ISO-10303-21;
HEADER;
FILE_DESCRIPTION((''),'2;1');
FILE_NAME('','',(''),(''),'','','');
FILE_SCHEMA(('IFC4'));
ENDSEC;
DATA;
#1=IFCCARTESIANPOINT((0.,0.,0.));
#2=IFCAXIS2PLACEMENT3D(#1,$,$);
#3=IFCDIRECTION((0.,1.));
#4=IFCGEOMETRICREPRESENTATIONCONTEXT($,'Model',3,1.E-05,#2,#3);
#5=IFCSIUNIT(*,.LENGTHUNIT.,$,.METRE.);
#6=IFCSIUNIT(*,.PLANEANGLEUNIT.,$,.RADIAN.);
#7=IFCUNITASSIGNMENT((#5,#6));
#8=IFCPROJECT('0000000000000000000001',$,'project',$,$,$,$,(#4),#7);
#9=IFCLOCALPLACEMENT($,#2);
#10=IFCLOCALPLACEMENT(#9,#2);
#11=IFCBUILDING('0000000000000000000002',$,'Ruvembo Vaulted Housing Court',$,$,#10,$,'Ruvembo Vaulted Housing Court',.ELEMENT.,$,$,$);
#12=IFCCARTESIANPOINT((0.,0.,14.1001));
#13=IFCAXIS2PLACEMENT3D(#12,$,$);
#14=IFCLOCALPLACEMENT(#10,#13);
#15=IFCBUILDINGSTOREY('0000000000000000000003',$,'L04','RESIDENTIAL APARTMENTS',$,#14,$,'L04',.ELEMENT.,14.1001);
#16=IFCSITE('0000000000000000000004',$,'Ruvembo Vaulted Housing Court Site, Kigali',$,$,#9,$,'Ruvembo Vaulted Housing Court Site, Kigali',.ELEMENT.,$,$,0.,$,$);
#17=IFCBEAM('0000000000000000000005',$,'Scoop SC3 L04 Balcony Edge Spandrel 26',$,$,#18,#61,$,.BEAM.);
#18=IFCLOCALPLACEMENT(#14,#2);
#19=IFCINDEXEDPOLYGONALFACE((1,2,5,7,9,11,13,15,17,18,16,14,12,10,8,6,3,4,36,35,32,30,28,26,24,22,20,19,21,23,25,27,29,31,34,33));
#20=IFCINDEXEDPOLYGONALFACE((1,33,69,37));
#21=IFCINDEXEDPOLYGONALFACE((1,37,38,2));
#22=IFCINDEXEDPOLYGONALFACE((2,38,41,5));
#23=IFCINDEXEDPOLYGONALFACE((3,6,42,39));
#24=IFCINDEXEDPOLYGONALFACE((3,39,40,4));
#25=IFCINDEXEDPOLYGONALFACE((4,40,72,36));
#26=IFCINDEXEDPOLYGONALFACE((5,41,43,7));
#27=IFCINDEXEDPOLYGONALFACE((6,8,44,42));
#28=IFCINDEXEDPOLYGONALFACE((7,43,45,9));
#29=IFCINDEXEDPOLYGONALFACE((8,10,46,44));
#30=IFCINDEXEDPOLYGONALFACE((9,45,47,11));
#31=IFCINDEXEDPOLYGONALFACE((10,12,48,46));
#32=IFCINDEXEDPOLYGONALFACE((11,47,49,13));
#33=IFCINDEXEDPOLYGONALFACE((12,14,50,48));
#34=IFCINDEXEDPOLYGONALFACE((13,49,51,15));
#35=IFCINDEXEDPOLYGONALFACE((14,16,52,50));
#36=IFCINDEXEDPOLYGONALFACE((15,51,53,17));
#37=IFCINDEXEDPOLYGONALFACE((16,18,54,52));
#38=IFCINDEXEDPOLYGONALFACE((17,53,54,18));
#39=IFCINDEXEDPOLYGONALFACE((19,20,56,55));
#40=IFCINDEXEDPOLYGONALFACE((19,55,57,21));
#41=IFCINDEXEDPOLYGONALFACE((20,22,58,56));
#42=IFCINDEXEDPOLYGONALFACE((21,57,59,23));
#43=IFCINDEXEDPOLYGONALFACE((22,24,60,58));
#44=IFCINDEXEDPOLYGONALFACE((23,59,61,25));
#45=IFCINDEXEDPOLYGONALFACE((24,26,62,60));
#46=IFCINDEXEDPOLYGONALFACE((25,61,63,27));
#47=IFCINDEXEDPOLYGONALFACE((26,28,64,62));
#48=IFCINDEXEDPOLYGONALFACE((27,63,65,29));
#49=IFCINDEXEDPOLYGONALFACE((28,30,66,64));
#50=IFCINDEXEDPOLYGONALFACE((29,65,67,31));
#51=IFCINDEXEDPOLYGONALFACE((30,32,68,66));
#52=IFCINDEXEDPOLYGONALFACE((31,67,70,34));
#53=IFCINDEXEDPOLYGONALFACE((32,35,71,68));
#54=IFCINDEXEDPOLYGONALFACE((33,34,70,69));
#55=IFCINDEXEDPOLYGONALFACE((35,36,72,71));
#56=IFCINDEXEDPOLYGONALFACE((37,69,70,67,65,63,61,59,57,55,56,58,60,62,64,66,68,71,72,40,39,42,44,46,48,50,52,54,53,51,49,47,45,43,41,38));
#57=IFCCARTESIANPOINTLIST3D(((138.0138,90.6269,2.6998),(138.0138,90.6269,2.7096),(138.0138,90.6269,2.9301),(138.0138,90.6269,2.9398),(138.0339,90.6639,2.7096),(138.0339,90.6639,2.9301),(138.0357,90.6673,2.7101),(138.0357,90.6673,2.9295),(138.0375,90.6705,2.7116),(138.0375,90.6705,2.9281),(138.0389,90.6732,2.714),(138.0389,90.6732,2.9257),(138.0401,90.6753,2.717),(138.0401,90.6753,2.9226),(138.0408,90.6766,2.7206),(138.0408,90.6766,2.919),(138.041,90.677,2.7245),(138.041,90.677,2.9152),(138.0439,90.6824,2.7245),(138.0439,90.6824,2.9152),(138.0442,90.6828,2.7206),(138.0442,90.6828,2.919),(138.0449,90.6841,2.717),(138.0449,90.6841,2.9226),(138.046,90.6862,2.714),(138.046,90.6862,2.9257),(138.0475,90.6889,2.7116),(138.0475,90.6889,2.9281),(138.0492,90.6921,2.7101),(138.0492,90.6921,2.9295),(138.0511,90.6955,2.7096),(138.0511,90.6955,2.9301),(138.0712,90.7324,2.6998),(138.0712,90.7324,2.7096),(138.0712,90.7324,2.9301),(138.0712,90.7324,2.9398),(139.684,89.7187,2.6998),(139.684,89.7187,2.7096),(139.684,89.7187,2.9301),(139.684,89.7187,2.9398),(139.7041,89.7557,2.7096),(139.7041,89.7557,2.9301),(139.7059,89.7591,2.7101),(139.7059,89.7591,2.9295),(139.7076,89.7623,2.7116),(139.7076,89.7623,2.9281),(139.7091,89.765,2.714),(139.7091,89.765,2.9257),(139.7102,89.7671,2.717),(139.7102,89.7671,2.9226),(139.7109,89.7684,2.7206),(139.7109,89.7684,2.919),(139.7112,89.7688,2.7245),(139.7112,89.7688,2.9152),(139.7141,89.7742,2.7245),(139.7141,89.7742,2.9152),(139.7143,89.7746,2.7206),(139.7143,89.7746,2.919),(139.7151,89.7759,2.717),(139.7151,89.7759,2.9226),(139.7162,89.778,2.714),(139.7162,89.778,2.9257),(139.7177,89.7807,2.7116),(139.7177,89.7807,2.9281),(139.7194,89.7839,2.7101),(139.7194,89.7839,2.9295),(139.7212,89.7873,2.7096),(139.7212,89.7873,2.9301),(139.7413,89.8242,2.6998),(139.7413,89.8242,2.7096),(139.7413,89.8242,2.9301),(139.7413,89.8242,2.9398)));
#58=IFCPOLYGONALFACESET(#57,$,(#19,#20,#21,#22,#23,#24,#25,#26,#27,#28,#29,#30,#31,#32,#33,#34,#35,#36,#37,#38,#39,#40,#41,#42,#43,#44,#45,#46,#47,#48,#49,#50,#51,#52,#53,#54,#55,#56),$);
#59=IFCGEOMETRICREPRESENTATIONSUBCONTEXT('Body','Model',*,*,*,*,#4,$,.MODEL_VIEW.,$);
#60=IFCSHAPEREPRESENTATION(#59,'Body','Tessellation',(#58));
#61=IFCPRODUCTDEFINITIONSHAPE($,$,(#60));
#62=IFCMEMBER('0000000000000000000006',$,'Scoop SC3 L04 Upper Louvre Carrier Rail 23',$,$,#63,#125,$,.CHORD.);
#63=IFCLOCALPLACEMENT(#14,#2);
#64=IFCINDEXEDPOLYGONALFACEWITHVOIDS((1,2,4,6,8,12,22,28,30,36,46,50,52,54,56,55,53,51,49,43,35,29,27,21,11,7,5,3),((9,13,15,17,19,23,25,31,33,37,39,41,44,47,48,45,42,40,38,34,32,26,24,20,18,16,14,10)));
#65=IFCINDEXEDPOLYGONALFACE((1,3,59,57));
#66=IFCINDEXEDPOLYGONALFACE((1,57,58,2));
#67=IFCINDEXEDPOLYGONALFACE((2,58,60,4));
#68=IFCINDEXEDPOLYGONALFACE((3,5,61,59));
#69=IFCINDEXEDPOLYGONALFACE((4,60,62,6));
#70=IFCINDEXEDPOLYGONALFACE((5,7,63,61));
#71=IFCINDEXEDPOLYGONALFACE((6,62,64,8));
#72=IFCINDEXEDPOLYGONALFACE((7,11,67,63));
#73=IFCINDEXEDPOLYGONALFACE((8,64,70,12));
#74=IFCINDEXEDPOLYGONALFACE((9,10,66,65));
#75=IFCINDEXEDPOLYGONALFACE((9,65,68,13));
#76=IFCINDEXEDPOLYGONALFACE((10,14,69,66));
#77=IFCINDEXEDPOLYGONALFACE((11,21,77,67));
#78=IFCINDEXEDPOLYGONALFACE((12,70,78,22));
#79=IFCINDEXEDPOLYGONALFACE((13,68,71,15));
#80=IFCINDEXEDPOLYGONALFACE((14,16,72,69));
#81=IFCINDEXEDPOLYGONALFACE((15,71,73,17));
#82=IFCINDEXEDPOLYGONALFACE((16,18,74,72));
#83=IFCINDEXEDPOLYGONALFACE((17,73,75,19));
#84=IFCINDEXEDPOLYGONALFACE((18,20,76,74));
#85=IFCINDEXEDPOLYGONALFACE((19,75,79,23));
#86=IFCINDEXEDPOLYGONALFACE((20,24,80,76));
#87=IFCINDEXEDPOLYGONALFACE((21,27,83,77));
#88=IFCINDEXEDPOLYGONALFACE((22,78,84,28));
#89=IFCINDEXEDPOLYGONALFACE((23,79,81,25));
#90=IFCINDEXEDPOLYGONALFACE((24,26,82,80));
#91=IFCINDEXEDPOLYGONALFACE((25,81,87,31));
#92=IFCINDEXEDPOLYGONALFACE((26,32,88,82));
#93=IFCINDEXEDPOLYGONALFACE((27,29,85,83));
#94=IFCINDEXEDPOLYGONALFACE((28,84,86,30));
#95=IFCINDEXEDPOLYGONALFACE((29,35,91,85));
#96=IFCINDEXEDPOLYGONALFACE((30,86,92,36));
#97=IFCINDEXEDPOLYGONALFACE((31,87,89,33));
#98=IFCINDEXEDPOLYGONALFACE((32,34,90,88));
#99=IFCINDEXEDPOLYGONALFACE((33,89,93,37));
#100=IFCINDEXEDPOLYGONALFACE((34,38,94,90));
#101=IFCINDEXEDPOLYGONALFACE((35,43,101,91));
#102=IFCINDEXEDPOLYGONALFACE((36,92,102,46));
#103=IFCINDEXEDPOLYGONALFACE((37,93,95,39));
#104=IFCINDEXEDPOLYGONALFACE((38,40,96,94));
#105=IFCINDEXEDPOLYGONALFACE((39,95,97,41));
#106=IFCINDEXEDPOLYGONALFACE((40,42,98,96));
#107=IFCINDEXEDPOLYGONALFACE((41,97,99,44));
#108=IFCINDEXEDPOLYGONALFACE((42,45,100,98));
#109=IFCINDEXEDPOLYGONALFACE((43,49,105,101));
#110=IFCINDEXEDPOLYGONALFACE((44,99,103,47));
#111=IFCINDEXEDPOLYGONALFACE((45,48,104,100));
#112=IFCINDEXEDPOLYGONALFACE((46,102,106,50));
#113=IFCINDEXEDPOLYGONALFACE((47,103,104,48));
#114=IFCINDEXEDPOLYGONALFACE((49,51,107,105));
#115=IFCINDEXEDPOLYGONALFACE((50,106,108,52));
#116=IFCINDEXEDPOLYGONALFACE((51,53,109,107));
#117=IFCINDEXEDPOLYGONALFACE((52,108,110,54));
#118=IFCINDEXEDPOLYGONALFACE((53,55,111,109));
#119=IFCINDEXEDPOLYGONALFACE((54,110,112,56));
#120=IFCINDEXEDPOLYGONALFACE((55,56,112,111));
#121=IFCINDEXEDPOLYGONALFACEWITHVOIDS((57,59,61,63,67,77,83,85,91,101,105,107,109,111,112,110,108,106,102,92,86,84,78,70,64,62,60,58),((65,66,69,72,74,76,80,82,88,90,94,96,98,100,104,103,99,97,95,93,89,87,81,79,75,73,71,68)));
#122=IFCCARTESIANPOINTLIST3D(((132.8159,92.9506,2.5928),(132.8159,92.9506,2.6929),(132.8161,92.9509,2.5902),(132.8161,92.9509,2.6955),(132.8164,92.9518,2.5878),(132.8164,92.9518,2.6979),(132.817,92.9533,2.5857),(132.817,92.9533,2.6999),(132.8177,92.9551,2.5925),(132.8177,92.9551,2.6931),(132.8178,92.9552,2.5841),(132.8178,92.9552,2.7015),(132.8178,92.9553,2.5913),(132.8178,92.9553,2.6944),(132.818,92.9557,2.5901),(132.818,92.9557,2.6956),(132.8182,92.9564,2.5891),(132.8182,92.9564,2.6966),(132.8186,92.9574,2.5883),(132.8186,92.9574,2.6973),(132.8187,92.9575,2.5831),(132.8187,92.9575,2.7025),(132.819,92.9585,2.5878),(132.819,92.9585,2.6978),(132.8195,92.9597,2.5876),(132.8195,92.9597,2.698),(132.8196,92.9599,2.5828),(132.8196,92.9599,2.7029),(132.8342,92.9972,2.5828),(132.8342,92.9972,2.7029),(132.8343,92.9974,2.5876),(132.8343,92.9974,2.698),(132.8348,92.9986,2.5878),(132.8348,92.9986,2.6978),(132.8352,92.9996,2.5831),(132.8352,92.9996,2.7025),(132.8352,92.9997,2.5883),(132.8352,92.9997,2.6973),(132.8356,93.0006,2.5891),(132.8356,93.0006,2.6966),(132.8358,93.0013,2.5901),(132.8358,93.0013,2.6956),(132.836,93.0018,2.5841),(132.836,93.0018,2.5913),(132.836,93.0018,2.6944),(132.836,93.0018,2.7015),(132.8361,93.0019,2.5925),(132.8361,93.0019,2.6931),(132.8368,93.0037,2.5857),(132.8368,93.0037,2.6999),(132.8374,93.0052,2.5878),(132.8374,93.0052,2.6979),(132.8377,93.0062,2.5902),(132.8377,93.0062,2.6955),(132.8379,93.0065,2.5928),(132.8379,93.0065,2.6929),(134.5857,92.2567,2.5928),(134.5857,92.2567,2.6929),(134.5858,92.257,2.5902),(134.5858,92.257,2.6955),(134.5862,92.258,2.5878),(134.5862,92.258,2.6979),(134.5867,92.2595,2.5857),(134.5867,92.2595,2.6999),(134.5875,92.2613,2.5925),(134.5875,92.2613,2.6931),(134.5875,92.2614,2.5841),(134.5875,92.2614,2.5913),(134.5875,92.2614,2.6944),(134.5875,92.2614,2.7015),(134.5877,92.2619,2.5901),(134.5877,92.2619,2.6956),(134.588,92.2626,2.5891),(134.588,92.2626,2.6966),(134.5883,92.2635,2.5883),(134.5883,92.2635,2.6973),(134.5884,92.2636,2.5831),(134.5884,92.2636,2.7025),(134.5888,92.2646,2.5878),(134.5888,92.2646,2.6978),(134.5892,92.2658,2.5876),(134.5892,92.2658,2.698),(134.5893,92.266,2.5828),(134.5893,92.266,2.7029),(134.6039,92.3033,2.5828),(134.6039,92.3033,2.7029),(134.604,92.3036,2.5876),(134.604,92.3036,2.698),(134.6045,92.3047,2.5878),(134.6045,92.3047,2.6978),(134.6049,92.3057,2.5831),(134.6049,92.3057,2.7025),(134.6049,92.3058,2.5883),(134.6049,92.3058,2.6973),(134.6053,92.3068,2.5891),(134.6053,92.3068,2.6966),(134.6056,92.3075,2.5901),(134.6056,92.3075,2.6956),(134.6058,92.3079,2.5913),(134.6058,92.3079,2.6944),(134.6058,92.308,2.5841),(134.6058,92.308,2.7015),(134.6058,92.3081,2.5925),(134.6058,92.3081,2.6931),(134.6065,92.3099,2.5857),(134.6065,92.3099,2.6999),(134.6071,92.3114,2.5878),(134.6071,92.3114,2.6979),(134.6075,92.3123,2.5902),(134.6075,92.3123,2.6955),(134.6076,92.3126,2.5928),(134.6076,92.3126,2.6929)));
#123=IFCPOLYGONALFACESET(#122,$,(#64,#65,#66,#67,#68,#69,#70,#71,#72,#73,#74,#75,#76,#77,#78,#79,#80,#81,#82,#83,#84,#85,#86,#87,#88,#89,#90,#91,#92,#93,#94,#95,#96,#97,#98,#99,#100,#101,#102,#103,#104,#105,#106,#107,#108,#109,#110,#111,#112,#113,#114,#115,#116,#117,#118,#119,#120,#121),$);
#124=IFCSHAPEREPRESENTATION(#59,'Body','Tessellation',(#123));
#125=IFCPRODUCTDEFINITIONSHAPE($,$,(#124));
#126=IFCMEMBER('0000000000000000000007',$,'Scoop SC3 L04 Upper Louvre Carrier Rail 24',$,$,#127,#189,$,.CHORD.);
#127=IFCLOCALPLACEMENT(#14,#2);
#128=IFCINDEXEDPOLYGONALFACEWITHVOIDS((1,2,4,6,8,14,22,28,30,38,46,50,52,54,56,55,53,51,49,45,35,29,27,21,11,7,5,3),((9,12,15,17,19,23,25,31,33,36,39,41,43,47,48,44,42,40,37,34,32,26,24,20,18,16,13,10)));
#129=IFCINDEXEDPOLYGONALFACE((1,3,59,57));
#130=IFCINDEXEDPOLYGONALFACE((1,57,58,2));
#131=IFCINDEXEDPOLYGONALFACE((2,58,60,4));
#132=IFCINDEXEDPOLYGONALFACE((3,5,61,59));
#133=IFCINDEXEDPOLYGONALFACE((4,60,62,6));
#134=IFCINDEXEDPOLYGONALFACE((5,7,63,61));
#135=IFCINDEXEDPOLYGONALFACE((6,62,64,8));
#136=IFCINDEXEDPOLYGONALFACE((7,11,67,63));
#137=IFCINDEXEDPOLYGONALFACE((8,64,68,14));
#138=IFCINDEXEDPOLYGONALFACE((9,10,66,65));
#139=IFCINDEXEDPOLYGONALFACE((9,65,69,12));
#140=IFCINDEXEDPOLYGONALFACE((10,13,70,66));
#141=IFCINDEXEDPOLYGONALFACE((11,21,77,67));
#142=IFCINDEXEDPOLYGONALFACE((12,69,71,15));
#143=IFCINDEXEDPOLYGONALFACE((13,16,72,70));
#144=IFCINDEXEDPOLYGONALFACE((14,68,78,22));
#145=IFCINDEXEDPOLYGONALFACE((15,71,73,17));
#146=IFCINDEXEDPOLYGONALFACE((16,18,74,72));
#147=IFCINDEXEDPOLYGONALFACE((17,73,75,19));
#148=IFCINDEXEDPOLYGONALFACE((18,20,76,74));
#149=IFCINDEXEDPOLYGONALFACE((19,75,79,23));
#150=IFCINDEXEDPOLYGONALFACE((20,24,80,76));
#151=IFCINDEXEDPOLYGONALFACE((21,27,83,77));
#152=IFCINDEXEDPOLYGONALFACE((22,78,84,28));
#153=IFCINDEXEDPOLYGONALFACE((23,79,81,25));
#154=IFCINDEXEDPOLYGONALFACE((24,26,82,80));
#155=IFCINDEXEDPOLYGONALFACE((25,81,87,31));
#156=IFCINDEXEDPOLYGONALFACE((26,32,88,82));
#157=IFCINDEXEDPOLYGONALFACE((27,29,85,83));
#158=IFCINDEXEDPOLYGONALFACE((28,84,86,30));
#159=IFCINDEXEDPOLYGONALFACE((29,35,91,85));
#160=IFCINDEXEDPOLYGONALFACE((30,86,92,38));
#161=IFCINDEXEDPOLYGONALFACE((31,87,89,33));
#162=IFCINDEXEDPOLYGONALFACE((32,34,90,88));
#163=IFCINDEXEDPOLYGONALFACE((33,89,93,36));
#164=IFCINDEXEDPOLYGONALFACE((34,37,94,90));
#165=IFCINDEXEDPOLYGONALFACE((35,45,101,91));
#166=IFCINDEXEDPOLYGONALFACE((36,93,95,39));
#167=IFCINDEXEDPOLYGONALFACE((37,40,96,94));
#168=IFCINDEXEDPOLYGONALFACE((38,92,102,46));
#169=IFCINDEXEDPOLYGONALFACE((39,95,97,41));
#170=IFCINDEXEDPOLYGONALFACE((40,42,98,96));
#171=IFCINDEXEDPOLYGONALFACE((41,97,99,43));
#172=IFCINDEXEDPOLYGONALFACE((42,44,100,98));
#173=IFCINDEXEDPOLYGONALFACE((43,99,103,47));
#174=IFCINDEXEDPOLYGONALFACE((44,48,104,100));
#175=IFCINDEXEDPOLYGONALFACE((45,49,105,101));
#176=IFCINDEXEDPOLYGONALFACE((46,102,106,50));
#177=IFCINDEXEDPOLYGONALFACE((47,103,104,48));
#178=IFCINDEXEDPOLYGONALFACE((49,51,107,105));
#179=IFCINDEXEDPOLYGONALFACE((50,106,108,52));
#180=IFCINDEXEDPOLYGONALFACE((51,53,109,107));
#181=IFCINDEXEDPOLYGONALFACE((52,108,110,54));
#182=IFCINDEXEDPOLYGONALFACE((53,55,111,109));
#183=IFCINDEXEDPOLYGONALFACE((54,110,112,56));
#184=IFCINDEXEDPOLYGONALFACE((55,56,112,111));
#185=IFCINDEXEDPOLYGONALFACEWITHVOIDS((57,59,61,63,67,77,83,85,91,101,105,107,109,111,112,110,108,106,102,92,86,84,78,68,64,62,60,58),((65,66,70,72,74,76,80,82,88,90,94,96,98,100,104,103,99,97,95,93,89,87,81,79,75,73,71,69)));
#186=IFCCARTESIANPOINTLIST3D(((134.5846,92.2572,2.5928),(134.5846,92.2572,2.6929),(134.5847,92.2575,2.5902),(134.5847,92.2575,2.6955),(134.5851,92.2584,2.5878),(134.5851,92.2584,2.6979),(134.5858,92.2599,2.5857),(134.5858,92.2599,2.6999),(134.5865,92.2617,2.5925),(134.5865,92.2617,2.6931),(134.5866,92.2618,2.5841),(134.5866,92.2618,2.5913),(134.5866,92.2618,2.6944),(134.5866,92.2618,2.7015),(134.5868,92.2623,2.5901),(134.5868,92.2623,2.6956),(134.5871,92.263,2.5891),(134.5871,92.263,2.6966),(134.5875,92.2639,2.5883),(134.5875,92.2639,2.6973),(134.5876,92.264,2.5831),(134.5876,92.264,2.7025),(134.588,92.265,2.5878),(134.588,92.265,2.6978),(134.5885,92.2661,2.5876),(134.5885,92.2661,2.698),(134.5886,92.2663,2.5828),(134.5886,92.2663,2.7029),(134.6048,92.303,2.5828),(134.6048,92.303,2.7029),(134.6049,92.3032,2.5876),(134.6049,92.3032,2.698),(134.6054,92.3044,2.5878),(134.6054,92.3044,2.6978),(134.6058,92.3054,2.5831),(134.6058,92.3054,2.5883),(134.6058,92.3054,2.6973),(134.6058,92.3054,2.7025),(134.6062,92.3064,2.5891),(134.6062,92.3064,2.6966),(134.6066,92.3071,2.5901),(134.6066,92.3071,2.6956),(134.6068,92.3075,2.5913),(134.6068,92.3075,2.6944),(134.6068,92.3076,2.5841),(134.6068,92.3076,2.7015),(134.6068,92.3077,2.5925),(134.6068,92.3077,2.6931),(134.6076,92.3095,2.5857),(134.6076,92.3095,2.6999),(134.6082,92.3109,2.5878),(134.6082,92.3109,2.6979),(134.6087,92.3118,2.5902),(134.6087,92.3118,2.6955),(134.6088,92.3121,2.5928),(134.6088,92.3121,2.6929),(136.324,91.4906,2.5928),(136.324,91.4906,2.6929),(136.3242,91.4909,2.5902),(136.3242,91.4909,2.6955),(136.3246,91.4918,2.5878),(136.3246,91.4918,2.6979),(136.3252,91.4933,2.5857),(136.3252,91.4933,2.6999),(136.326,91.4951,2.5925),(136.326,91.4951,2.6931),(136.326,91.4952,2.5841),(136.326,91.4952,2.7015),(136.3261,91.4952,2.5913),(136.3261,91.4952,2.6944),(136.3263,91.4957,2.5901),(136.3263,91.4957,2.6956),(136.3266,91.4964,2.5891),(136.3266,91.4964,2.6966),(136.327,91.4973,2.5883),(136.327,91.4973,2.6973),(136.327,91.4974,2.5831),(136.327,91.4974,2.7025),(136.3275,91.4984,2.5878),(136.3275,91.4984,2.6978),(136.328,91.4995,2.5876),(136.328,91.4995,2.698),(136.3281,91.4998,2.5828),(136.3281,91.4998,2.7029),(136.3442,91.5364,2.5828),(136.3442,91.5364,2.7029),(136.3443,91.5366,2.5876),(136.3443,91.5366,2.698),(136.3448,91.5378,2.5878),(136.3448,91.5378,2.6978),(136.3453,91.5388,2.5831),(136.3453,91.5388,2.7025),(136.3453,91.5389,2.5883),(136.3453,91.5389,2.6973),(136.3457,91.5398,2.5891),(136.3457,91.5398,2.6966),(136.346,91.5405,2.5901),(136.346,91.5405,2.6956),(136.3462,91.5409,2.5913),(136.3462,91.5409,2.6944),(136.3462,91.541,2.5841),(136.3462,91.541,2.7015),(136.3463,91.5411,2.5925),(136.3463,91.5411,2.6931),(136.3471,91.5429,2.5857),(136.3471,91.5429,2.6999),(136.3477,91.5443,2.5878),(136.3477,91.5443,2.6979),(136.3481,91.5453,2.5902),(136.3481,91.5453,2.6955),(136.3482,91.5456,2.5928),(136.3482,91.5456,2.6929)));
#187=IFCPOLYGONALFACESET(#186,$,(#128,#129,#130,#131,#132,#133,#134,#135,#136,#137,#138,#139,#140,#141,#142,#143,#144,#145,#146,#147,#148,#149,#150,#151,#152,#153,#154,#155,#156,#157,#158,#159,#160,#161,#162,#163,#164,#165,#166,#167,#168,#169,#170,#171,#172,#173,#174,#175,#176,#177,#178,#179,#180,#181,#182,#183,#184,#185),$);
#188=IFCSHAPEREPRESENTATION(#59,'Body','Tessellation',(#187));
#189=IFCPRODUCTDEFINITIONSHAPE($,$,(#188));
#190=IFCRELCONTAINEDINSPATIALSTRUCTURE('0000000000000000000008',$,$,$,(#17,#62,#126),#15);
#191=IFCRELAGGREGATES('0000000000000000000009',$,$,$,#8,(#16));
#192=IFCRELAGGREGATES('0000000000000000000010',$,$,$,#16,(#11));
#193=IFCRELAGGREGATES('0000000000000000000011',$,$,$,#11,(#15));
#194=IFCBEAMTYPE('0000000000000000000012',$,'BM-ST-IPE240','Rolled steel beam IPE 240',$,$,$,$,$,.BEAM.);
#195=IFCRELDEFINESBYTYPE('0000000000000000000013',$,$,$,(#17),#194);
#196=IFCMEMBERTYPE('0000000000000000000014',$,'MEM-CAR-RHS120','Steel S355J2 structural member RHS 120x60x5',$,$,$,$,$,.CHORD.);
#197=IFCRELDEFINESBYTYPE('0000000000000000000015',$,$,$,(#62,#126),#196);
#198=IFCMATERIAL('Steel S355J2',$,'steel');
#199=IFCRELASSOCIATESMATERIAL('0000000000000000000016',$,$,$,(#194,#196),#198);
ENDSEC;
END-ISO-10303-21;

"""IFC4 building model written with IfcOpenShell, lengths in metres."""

from ifc_helpers import new_model, si_unit, direction, frame, origin, origin_2d, place, context, subcontext, project, spatial, hollow_rectangle, i_section, extrude, material, material_profile, profile_set, type_object, element, save


model = new_model("IFC4")

# Units and contexts
model_context = context("Model", 3, precision=1e-05, world=origin(), true_north=direction((0.0, 1.0)))
body_context = subcontext(model_context, "Body", "Model", "MODEL_VIEW")
ifc_project = project(units=[si_unit("LENGTHUNIT", "METRE"), si_unit("PLANEANGLEUNIT", "RADIAN")], contexts=[model_context])

# Site, building, storey
site_placement = place(None, origin())
site = spatial("IfcSite", under=ifc_project, at=site_placement, Name="Ruvembo Vaulted Housing Court Site, Kigali", LongName="Ruvembo Vaulted Housing Court Site, Kigali", CompositionType="ELEMENT", RefElevation=0.0)
building_placement = place(site_placement, origin())
building = spatial("IfcBuilding", under=site, at=building_placement, Name="Ruvembo Vaulted Housing Court", LongName="Ruvembo Vaulted Housing Court", CompositionType="ELEMENT")
storey_placement = place(building_placement, frame((0.0, 0.0, 14.1001)))
storey = spatial("IfcBuildingStorey", under=building, at=storey_placement, Name="L04", Description="RESIDENTIAL APARTMENTS", LongName="L04", CompositionType="ELEMENT", Elevation=14.1001)

# Beam
ifc_material_1 = material(Name="Steel S355J2", Category="steel")
ifc_material_profile_1 = material_profile(ifc_material_1, i_section(OverallWidth=0.1201, OverallDepth=0.24, WebThickness=0.0061, FlangeThickness=0.0098, FilletRadius=0.0149, at=origin_2d()), Name="IPE 240")
ifc_profile_set_1 = profile_set([ifc_material_profile_1], Name="Steel S355J2")
beam_type = type_object("IfcBeamType", Name="BM-ST-IPE240", Description="Rolled steel beam IPE 240", PredefinedType="BEAM", material=ifc_profile_set_1)
for number, where, z_axis, x_axis, name in (
    (1, (138.0425, 90.6797, 2.8198), (0.878513, -0.477718, 0.0), (0.477718, 0.878513, 0.0), "Scoop SC3 L04 Balcony Edge Spandrel 26"),
):
    element("IfcBeam", number, at=place(storey_placement, frame(where, z_axis=z_axis, x_axis=x_axis)), inside=storey, type_object=beam_type, Name=name, PredefinedType="BEAM", context=body_context, shape_type="SweptSolid", body=[
        extrude(i_section(OverallWidth=0.1201, OverallDepth=0.24, WebThickness=0.0061, FlangeThickness=0.0098, FilletRadius=0.0149, at=origin_2d()), origin(), (0.0, 0.0, 1.0), 1.9011),
    ])

# Members
ifc_material_profile_2 = material_profile(ifc_material_1, hollow_rectangle(XDim=0.0601, YDim=0.1201, WallThickness=0.0049, InnerFilletRadius=0.0049, OuterFilletRadius=0.01, at=origin_2d()), Name="RHS 120x60x5")
ifc_profile_set_2 = profile_set([ifc_material_profile_2], Name="Steel S355J2")
member_type_1 = type_object("IfcMemberType", Name="MEM-CAR-RHS120", Description="Steel S355J2 structural member RHS 120x60x5", PredefinedType="CHORD", material=ifc_profile_set_2)
for number, where, z_axis, x_axis, name in (
    (2, (132.8269, 92.9785, 2.6428), (0.931006, -0.365005, 0.0), (0.365005, 0.931006, 0.0), "Scoop SC3 L04 Upper Louvre Carrier Rail 23"),
    (3, (134.5967, 92.2847, 2.6428), (0.915078, -0.403277, 0.0), (0.403277, 0.915078, 0.0), "Scoop SC3 L04 Upper Louvre Carrier Rail 24"),
):
    element("IfcMember", number, at=place(storey_placement, frame(where, z_axis=z_axis, x_axis=x_axis)), inside=storey, type_object=member_type_1, Name=name, PredefinedType="CHORD", context=body_context, shape_type="SweptSolid", body=[
        extrude(hollow_rectangle(XDim=0.0601, YDim=0.1201, WallThickness=0.0049, InnerFilletRadius=0.0049, OuterFilletRadius=0.01, at=origin_2d()), origin(), (0.0, 0.0, 1.0), 1.9009),
    ])

save(model, "model.ifc")
